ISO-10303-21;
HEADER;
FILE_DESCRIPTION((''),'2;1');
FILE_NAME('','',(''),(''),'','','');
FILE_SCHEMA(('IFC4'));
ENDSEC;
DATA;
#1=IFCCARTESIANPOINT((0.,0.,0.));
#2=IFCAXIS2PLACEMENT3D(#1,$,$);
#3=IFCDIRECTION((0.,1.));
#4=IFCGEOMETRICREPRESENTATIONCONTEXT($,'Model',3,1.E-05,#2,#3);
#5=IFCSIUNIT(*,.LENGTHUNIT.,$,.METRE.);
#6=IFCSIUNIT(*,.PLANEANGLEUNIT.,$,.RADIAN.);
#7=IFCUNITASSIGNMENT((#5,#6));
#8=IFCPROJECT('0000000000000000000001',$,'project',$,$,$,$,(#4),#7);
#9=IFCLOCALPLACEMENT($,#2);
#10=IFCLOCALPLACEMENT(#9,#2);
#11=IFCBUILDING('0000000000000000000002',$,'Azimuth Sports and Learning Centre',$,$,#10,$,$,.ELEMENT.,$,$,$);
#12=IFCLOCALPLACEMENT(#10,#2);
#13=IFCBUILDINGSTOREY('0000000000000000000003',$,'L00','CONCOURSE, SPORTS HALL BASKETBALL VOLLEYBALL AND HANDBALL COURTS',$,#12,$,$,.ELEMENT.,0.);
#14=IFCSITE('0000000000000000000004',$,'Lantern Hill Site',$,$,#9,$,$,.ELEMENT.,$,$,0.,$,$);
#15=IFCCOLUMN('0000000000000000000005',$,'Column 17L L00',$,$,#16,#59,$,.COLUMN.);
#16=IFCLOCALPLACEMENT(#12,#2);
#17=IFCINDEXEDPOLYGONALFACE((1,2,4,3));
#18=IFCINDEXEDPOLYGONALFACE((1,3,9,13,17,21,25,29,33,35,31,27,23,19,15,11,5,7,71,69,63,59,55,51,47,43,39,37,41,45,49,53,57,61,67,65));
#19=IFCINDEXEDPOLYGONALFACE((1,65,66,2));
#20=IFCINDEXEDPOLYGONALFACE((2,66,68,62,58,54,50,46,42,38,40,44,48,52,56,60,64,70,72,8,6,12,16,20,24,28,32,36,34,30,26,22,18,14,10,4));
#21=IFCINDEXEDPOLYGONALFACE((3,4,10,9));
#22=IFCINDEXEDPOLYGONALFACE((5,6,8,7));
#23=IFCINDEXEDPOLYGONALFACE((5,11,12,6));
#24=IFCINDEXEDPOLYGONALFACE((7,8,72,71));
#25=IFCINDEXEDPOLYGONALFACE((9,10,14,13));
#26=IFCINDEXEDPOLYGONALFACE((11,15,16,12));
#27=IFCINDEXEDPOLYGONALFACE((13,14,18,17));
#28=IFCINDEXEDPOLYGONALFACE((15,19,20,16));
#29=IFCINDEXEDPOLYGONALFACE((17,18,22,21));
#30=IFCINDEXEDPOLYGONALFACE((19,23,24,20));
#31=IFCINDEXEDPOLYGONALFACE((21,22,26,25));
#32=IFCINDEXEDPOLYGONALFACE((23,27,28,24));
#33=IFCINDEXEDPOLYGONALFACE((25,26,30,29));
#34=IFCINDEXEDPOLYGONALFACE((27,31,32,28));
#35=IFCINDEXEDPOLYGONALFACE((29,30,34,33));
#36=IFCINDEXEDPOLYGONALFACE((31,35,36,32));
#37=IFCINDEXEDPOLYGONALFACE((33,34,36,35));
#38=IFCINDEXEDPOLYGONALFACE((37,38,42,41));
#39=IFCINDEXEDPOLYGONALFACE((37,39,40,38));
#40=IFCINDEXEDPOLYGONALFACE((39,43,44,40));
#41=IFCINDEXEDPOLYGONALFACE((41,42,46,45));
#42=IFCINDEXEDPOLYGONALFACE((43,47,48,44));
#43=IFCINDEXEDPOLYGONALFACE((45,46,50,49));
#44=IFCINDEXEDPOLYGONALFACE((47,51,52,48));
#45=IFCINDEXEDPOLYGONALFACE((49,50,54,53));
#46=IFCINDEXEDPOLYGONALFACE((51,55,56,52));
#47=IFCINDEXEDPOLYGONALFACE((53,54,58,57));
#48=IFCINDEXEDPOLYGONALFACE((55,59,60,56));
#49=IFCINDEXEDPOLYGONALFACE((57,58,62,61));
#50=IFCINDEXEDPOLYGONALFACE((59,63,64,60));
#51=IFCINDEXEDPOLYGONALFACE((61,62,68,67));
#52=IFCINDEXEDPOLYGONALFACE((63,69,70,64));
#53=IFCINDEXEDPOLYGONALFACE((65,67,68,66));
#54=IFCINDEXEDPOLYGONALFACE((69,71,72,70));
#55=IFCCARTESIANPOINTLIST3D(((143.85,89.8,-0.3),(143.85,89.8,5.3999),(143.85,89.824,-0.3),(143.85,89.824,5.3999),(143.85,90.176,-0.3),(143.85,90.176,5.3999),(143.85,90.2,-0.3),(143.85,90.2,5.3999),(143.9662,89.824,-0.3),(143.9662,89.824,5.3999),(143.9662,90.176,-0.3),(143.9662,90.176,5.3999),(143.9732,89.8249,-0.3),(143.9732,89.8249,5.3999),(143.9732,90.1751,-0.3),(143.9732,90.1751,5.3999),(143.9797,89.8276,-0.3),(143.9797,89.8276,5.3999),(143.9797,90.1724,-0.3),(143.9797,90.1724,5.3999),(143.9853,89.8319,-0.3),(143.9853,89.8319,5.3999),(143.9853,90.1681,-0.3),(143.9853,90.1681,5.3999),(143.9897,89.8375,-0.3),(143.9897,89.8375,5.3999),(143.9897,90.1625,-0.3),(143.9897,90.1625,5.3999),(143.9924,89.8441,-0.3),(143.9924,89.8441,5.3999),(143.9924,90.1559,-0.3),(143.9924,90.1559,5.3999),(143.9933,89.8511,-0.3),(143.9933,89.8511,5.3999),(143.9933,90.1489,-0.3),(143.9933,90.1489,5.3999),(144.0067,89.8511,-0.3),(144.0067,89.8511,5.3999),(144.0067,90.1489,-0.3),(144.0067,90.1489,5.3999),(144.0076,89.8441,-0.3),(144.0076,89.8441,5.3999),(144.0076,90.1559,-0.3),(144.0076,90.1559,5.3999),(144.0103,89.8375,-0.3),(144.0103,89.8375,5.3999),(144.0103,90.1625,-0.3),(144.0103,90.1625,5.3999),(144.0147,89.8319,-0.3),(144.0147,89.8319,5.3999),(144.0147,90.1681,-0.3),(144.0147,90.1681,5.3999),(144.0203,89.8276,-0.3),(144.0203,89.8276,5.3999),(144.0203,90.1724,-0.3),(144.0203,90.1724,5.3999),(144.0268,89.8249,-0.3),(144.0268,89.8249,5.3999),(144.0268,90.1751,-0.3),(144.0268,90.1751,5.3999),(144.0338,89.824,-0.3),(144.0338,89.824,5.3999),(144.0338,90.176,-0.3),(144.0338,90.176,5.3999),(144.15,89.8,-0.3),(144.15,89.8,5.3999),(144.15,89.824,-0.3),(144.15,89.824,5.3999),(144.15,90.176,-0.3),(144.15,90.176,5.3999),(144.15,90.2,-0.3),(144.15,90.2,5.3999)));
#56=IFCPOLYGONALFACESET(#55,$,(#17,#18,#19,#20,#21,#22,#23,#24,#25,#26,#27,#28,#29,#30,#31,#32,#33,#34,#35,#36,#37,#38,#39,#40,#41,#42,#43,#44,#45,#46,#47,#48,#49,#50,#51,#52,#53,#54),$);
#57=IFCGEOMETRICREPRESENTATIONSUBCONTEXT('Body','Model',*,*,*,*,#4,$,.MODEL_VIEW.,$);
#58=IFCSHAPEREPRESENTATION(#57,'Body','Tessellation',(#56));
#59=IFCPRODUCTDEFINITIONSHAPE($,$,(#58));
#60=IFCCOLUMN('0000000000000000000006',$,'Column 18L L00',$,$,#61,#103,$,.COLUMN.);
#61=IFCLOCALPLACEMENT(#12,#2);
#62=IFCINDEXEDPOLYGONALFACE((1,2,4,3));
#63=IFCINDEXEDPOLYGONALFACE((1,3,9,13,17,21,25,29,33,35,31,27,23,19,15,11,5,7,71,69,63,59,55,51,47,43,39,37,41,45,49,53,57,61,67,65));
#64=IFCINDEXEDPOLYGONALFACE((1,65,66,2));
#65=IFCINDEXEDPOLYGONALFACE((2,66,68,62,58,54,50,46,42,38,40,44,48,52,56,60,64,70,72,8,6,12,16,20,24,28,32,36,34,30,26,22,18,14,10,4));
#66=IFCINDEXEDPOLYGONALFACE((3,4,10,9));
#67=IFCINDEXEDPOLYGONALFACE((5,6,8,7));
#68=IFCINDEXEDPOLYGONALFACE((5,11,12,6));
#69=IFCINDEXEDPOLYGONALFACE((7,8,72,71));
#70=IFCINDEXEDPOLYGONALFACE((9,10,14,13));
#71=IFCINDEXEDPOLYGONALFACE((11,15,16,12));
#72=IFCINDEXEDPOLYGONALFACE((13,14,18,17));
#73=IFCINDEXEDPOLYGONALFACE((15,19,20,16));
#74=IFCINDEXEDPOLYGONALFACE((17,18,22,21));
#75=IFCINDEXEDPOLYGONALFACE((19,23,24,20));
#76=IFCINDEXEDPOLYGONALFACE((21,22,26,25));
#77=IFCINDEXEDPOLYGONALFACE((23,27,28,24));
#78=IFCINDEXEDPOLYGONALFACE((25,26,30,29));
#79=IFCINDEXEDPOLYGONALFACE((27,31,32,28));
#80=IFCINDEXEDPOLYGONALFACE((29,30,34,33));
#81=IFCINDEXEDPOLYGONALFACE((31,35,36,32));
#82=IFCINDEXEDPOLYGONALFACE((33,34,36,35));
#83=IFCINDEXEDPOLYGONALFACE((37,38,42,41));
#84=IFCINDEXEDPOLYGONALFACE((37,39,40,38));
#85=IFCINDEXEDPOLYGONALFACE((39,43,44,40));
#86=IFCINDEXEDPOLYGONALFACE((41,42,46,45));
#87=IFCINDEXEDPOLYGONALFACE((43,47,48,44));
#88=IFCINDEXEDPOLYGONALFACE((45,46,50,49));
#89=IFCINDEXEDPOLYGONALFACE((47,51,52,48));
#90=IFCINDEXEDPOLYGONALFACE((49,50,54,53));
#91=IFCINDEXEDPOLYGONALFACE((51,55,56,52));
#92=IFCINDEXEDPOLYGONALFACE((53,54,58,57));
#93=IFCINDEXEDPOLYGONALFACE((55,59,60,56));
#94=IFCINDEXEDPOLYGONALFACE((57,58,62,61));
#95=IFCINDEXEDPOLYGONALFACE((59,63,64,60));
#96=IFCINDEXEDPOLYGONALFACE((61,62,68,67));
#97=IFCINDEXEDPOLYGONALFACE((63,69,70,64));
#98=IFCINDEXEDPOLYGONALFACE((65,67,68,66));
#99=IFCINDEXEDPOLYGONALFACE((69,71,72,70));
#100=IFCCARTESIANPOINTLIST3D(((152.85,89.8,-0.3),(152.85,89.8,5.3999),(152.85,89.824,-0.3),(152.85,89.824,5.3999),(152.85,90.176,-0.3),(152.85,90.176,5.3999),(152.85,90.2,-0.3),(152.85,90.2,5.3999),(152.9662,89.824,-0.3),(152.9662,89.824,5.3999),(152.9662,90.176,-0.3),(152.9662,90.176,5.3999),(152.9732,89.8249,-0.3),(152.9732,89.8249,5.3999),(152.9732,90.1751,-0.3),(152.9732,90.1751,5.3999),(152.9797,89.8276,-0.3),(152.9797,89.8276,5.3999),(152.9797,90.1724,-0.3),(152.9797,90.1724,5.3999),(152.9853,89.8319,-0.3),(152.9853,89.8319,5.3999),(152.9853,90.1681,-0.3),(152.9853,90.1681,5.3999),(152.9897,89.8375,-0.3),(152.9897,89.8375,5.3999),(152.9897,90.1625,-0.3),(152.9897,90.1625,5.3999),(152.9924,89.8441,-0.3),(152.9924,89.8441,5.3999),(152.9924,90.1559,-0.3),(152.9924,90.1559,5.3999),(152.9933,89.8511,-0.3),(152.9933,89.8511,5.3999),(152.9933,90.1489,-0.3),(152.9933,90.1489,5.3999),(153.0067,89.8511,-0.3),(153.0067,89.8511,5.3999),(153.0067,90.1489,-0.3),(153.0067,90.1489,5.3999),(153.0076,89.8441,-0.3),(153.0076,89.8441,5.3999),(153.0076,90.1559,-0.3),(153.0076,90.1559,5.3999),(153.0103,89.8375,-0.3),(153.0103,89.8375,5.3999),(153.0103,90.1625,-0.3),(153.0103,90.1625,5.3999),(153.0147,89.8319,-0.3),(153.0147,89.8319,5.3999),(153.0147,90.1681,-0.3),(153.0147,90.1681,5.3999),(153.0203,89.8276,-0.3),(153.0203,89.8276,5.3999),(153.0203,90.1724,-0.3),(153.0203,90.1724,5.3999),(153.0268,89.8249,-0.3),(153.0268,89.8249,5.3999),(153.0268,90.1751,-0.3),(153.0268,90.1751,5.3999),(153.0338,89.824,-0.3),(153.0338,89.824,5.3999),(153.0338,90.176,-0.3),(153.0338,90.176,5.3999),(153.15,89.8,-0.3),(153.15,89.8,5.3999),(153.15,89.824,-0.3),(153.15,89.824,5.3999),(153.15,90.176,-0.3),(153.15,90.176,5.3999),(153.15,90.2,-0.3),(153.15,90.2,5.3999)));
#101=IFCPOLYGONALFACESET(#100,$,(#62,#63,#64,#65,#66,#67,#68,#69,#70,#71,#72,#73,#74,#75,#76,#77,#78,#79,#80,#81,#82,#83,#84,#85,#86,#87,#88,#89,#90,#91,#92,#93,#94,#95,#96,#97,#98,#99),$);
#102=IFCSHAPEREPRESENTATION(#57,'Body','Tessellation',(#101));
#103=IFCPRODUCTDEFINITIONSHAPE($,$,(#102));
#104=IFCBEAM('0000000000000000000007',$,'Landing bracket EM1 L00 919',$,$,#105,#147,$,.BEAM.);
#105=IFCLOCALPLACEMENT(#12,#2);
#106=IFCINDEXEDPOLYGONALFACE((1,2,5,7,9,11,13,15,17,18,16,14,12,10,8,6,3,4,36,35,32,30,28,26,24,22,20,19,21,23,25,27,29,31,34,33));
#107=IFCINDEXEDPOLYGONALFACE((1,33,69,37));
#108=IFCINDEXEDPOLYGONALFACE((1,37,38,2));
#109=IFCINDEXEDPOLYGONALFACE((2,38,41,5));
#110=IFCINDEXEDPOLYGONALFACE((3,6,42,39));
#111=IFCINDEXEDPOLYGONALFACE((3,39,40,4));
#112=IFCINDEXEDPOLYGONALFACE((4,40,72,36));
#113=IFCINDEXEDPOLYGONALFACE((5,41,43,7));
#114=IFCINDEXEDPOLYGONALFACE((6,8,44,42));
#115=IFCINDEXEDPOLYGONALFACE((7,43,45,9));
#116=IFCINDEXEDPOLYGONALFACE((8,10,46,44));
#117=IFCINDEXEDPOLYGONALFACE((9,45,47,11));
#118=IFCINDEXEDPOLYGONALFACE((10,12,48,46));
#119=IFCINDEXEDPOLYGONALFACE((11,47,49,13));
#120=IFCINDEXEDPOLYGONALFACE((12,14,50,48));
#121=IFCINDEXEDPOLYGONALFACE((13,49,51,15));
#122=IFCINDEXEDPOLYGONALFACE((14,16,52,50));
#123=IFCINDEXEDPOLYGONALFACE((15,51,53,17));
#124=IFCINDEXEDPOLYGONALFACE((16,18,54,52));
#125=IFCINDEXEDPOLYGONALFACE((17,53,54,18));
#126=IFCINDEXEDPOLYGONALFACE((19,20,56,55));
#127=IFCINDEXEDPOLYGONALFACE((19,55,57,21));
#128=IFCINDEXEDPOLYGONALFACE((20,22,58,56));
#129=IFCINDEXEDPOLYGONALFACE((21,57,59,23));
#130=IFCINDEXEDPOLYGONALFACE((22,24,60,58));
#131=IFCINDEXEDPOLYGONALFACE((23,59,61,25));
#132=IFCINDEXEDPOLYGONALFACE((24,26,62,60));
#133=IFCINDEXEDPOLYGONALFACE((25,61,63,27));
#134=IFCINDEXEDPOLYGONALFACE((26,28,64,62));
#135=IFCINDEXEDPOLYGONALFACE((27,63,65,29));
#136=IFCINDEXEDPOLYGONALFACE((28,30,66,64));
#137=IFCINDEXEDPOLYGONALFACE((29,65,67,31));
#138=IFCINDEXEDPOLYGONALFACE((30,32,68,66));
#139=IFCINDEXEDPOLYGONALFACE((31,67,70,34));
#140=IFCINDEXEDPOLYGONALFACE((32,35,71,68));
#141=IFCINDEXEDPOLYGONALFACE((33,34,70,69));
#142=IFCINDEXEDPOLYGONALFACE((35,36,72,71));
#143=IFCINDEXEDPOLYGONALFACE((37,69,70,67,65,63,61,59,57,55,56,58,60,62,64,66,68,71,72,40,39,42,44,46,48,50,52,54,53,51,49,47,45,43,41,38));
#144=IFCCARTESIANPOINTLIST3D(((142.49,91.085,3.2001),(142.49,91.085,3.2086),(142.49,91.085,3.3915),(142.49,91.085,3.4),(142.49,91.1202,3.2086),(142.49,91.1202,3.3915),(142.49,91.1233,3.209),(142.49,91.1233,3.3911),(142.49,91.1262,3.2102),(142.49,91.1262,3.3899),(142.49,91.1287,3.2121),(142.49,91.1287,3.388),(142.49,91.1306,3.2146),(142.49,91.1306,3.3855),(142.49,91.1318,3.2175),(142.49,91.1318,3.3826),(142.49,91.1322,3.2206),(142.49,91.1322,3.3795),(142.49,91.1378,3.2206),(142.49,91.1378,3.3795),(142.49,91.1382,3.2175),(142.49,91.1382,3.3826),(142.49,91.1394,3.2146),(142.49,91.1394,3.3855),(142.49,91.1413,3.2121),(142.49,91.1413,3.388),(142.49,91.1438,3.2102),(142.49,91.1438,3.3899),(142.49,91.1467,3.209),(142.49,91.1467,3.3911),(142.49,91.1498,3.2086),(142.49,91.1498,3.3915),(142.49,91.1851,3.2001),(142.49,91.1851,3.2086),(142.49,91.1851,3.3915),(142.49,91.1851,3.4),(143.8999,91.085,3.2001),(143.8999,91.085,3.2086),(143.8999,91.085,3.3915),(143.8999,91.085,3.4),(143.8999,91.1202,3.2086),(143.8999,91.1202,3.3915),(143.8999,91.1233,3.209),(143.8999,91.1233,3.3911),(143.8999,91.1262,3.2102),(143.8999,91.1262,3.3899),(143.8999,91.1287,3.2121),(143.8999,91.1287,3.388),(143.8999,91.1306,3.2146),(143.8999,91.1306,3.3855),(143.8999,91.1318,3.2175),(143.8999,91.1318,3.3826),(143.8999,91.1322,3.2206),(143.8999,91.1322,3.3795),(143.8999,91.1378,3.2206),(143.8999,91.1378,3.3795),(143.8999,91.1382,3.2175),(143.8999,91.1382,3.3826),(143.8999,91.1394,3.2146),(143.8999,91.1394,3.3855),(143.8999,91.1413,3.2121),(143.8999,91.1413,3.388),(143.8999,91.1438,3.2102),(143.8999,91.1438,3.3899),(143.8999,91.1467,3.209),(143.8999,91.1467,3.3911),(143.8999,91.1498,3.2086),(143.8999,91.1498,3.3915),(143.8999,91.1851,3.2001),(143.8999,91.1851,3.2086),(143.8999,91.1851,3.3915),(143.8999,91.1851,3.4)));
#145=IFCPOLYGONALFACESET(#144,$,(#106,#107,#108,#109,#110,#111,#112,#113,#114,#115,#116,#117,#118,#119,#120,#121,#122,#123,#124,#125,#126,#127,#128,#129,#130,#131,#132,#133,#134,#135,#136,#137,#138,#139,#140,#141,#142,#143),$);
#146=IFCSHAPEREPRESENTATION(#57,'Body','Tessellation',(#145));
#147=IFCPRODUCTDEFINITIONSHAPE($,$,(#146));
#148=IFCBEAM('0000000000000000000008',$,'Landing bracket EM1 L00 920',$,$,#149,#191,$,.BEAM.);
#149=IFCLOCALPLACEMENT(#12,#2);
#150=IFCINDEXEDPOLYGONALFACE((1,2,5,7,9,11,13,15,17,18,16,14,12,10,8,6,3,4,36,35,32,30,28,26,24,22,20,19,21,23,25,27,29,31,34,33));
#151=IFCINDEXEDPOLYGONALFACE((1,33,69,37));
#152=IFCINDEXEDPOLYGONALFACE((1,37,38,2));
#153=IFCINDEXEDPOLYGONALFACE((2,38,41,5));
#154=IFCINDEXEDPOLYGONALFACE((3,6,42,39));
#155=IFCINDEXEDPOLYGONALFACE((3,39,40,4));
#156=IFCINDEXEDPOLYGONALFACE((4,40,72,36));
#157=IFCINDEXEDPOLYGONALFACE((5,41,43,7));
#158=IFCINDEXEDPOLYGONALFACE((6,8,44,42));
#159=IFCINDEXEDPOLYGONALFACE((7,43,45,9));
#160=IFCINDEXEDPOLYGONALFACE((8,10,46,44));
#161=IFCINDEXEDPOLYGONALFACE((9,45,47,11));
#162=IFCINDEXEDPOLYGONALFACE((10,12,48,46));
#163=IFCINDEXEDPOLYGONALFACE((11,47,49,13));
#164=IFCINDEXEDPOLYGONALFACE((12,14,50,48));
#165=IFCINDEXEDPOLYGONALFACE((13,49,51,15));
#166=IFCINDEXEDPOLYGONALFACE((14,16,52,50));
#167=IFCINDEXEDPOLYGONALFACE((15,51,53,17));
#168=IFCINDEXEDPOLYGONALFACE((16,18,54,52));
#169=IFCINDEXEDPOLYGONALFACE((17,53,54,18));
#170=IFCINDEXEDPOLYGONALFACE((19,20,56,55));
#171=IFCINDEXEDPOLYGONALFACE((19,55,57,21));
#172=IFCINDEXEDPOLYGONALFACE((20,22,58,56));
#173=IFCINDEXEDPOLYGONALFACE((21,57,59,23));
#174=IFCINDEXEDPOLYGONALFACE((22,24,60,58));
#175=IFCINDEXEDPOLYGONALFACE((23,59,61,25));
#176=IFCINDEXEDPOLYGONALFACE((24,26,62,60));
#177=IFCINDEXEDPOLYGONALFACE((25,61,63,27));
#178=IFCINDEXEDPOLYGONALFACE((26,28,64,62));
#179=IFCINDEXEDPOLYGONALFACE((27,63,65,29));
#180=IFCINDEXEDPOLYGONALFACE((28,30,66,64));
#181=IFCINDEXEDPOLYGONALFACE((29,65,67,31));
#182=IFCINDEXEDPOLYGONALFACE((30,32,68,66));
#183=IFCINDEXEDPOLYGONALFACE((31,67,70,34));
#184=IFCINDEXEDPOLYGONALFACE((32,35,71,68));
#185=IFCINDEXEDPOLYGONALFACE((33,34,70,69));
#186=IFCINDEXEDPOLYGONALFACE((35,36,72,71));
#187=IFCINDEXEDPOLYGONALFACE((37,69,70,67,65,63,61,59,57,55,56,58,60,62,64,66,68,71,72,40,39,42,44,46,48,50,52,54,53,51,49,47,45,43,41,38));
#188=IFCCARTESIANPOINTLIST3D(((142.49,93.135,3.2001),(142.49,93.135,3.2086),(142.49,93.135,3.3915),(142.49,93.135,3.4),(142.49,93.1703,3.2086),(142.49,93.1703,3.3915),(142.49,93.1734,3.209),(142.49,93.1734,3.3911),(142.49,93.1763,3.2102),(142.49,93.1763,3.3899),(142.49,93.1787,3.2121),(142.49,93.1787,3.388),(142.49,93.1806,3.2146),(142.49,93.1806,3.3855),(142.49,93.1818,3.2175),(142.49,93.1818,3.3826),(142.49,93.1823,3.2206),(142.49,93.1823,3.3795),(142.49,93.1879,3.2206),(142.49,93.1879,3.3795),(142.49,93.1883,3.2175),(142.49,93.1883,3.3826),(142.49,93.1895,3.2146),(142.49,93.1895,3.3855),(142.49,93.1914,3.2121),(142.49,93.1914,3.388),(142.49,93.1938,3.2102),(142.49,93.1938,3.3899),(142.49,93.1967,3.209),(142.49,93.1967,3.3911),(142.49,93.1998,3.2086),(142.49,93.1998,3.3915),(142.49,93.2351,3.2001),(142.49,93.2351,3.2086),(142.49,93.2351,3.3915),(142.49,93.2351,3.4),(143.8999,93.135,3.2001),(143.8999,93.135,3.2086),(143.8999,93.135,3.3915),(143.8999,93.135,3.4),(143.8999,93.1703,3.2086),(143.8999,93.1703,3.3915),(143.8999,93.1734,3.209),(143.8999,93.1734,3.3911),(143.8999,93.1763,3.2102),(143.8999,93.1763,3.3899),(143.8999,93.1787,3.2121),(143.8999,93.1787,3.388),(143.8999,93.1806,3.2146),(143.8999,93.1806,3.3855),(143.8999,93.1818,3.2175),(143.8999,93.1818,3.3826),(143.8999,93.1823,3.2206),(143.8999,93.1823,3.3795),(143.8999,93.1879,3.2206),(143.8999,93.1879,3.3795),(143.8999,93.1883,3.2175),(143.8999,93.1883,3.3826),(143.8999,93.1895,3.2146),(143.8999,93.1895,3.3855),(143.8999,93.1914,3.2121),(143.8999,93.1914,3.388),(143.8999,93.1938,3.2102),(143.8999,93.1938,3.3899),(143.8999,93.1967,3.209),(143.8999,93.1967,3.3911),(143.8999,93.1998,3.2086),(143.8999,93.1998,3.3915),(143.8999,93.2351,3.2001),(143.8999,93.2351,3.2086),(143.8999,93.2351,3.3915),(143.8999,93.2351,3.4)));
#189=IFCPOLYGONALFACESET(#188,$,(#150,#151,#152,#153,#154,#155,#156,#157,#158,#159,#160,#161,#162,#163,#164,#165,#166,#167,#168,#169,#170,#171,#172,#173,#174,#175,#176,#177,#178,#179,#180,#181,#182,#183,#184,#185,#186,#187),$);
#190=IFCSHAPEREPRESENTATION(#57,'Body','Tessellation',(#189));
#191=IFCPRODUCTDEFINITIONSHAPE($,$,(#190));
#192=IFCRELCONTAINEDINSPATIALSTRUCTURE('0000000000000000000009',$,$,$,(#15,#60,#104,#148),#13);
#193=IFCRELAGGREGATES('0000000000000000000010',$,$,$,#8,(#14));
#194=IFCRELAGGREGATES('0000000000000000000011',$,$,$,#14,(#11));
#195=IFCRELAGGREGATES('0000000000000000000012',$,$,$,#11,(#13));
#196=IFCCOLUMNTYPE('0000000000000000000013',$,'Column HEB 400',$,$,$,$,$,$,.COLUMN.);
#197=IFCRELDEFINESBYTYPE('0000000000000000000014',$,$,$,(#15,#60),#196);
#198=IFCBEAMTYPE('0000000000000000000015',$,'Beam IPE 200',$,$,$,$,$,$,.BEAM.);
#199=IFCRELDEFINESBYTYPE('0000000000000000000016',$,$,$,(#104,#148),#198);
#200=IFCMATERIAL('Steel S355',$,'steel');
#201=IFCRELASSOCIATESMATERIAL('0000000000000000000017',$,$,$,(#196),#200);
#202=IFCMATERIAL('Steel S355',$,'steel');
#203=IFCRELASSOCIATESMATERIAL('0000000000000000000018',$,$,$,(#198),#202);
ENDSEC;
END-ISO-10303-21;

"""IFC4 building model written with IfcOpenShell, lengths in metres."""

from ifc_helpers import new_model, si_unit, direction, frame, origin, origin_2d, place, context, subcontext, project, spatial, i_section, extrude, material, material_profile, profile_set, type_object, element, save


model = new_model("IFC4")

# Units and contexts
model_context = context("Model", 3, precision=1e-05, world=origin(), true_north=direction((0.0, 1.0)))
body_context = subcontext(model_context, "Body", "Model", "MODEL_VIEW")
ifc_project = project(units=[si_unit("LENGTHUNIT", "METRE"), si_unit("PLANEANGLEUNIT", "RADIAN")], contexts=[model_context])

# Site, building, storey
site_placement = place(None, origin())
site = spatial("IfcSite", under=ifc_project, at=site_placement, Name="Lantern Hill Site", CompositionType="ELEMENT", RefElevation=0.0)
building_placement = place(site_placement, origin())
building = spatial("IfcBuilding", under=site, at=building_placement, Name="Azimuth Sports and Learning Centre", CompositionType="ELEMENT")
storey_placement = place(building_placement, origin())
storey = spatial("IfcBuildingStorey", under=building, at=storey_placement, Name="L00", Description="CONCOURSE, SPORTS HALL BASKETBALL VOLLEYBALL AND HANDBALL COURTS", CompositionType="ELEMENT", Elevation=0.0)

# Columns
ifc_material_1 = material(Name="Steel S355", Category="steel")
ifc_material_profile_1 = material_profile(ifc_material_1, i_section(OverallWidth=0.3, OverallDepth=0.3999, WebThickness=0.0134, FlangeThickness=0.0239, FilletRadius=0.0271, at=origin_2d()), Name="HEB 400")
ifc_profile_set_1 = profile_set([ifc_material_profile_1], Name="Steel S355")
column_type = type_object("IfcColumnType", Name="Column HEB 400", PredefinedType="COLUMN", material=ifc_profile_set_1)
for number, where, z_axis, x_axis, name in (
    (1, (144.0, 90.0, -0.3), (0.0, 0.0, 1.0), (1.0, 0.0, 0.0), "Column 17L L00"),
    (2, (153.0, 90.0, -0.3), (0.0, 0.0, 1.0), (1.0, 0.0, 0.0), "Column 18L L00"),
):
    element("IfcColumn", number, at=place(storey_placement, frame(where, z_axis=z_axis, x_axis=x_axis)), inside=storey, type_object=column_type, Name=name, PredefinedType="COLUMN", context=body_context, shape_type="SweptSolid", body=[
        extrude(i_section(OverallWidth=0.3, OverallDepth=0.3999, WebThickness=0.0134, FlangeThickness=0.0239, FilletRadius=0.0271, at=origin_2d()), origin(), (0.0, 0.0, 1.0), 5.7),
    ])

# Beams
ifc_material_2 = material(Name="Steel S355", Category="steel")
ifc_material_profile_2 = material_profile(ifc_material_2, i_section(OverallWidth=0.1001, OverallDepth=0.2, WebThickness=0.0056, FlangeThickness=0.0085, FilletRadius=0.012, at=origin_2d()), Name="IPE 200")
ifc_profile_set_2 = profile_set([ifc_material_profile_2], Name="Steel S355")
beam_type = type_object("IfcBeamType", Name="Beam IPE 200", PredefinedType="BEAM", material=ifc_profile_set_2)
for number, where, z_axis, x_axis, name in (
    (3, (143.8999, 91.135, 3.3), (-1.0, 0.0, 0.0), (0.0, -1.0, 0.0), "Landing bracket EM1 L00 919"),
    (4, (143.8999, 93.1851, 3.3), (-1.0, 0.0, 0.0), (0.0, -1.0, 0.0), "Landing bracket EM1 L00 920"),
):
    element("IfcBeam", number, at=place(storey_placement, frame(where, z_axis=z_axis, x_axis=x_axis)), inside=storey, type_object=beam_type, Name=name, PredefinedType="BEAM", context=body_context, shape_type="SweptSolid", body=[
        extrude(i_section(OverallWidth=0.1001, OverallDepth=0.2, WebThickness=0.0056, FlangeThickness=0.0085, FilletRadius=0.012, at=origin_2d()), origin(), (0.0, 0.0, 1.0), 1.4099),
    ])

save(model, "model.ifc")
